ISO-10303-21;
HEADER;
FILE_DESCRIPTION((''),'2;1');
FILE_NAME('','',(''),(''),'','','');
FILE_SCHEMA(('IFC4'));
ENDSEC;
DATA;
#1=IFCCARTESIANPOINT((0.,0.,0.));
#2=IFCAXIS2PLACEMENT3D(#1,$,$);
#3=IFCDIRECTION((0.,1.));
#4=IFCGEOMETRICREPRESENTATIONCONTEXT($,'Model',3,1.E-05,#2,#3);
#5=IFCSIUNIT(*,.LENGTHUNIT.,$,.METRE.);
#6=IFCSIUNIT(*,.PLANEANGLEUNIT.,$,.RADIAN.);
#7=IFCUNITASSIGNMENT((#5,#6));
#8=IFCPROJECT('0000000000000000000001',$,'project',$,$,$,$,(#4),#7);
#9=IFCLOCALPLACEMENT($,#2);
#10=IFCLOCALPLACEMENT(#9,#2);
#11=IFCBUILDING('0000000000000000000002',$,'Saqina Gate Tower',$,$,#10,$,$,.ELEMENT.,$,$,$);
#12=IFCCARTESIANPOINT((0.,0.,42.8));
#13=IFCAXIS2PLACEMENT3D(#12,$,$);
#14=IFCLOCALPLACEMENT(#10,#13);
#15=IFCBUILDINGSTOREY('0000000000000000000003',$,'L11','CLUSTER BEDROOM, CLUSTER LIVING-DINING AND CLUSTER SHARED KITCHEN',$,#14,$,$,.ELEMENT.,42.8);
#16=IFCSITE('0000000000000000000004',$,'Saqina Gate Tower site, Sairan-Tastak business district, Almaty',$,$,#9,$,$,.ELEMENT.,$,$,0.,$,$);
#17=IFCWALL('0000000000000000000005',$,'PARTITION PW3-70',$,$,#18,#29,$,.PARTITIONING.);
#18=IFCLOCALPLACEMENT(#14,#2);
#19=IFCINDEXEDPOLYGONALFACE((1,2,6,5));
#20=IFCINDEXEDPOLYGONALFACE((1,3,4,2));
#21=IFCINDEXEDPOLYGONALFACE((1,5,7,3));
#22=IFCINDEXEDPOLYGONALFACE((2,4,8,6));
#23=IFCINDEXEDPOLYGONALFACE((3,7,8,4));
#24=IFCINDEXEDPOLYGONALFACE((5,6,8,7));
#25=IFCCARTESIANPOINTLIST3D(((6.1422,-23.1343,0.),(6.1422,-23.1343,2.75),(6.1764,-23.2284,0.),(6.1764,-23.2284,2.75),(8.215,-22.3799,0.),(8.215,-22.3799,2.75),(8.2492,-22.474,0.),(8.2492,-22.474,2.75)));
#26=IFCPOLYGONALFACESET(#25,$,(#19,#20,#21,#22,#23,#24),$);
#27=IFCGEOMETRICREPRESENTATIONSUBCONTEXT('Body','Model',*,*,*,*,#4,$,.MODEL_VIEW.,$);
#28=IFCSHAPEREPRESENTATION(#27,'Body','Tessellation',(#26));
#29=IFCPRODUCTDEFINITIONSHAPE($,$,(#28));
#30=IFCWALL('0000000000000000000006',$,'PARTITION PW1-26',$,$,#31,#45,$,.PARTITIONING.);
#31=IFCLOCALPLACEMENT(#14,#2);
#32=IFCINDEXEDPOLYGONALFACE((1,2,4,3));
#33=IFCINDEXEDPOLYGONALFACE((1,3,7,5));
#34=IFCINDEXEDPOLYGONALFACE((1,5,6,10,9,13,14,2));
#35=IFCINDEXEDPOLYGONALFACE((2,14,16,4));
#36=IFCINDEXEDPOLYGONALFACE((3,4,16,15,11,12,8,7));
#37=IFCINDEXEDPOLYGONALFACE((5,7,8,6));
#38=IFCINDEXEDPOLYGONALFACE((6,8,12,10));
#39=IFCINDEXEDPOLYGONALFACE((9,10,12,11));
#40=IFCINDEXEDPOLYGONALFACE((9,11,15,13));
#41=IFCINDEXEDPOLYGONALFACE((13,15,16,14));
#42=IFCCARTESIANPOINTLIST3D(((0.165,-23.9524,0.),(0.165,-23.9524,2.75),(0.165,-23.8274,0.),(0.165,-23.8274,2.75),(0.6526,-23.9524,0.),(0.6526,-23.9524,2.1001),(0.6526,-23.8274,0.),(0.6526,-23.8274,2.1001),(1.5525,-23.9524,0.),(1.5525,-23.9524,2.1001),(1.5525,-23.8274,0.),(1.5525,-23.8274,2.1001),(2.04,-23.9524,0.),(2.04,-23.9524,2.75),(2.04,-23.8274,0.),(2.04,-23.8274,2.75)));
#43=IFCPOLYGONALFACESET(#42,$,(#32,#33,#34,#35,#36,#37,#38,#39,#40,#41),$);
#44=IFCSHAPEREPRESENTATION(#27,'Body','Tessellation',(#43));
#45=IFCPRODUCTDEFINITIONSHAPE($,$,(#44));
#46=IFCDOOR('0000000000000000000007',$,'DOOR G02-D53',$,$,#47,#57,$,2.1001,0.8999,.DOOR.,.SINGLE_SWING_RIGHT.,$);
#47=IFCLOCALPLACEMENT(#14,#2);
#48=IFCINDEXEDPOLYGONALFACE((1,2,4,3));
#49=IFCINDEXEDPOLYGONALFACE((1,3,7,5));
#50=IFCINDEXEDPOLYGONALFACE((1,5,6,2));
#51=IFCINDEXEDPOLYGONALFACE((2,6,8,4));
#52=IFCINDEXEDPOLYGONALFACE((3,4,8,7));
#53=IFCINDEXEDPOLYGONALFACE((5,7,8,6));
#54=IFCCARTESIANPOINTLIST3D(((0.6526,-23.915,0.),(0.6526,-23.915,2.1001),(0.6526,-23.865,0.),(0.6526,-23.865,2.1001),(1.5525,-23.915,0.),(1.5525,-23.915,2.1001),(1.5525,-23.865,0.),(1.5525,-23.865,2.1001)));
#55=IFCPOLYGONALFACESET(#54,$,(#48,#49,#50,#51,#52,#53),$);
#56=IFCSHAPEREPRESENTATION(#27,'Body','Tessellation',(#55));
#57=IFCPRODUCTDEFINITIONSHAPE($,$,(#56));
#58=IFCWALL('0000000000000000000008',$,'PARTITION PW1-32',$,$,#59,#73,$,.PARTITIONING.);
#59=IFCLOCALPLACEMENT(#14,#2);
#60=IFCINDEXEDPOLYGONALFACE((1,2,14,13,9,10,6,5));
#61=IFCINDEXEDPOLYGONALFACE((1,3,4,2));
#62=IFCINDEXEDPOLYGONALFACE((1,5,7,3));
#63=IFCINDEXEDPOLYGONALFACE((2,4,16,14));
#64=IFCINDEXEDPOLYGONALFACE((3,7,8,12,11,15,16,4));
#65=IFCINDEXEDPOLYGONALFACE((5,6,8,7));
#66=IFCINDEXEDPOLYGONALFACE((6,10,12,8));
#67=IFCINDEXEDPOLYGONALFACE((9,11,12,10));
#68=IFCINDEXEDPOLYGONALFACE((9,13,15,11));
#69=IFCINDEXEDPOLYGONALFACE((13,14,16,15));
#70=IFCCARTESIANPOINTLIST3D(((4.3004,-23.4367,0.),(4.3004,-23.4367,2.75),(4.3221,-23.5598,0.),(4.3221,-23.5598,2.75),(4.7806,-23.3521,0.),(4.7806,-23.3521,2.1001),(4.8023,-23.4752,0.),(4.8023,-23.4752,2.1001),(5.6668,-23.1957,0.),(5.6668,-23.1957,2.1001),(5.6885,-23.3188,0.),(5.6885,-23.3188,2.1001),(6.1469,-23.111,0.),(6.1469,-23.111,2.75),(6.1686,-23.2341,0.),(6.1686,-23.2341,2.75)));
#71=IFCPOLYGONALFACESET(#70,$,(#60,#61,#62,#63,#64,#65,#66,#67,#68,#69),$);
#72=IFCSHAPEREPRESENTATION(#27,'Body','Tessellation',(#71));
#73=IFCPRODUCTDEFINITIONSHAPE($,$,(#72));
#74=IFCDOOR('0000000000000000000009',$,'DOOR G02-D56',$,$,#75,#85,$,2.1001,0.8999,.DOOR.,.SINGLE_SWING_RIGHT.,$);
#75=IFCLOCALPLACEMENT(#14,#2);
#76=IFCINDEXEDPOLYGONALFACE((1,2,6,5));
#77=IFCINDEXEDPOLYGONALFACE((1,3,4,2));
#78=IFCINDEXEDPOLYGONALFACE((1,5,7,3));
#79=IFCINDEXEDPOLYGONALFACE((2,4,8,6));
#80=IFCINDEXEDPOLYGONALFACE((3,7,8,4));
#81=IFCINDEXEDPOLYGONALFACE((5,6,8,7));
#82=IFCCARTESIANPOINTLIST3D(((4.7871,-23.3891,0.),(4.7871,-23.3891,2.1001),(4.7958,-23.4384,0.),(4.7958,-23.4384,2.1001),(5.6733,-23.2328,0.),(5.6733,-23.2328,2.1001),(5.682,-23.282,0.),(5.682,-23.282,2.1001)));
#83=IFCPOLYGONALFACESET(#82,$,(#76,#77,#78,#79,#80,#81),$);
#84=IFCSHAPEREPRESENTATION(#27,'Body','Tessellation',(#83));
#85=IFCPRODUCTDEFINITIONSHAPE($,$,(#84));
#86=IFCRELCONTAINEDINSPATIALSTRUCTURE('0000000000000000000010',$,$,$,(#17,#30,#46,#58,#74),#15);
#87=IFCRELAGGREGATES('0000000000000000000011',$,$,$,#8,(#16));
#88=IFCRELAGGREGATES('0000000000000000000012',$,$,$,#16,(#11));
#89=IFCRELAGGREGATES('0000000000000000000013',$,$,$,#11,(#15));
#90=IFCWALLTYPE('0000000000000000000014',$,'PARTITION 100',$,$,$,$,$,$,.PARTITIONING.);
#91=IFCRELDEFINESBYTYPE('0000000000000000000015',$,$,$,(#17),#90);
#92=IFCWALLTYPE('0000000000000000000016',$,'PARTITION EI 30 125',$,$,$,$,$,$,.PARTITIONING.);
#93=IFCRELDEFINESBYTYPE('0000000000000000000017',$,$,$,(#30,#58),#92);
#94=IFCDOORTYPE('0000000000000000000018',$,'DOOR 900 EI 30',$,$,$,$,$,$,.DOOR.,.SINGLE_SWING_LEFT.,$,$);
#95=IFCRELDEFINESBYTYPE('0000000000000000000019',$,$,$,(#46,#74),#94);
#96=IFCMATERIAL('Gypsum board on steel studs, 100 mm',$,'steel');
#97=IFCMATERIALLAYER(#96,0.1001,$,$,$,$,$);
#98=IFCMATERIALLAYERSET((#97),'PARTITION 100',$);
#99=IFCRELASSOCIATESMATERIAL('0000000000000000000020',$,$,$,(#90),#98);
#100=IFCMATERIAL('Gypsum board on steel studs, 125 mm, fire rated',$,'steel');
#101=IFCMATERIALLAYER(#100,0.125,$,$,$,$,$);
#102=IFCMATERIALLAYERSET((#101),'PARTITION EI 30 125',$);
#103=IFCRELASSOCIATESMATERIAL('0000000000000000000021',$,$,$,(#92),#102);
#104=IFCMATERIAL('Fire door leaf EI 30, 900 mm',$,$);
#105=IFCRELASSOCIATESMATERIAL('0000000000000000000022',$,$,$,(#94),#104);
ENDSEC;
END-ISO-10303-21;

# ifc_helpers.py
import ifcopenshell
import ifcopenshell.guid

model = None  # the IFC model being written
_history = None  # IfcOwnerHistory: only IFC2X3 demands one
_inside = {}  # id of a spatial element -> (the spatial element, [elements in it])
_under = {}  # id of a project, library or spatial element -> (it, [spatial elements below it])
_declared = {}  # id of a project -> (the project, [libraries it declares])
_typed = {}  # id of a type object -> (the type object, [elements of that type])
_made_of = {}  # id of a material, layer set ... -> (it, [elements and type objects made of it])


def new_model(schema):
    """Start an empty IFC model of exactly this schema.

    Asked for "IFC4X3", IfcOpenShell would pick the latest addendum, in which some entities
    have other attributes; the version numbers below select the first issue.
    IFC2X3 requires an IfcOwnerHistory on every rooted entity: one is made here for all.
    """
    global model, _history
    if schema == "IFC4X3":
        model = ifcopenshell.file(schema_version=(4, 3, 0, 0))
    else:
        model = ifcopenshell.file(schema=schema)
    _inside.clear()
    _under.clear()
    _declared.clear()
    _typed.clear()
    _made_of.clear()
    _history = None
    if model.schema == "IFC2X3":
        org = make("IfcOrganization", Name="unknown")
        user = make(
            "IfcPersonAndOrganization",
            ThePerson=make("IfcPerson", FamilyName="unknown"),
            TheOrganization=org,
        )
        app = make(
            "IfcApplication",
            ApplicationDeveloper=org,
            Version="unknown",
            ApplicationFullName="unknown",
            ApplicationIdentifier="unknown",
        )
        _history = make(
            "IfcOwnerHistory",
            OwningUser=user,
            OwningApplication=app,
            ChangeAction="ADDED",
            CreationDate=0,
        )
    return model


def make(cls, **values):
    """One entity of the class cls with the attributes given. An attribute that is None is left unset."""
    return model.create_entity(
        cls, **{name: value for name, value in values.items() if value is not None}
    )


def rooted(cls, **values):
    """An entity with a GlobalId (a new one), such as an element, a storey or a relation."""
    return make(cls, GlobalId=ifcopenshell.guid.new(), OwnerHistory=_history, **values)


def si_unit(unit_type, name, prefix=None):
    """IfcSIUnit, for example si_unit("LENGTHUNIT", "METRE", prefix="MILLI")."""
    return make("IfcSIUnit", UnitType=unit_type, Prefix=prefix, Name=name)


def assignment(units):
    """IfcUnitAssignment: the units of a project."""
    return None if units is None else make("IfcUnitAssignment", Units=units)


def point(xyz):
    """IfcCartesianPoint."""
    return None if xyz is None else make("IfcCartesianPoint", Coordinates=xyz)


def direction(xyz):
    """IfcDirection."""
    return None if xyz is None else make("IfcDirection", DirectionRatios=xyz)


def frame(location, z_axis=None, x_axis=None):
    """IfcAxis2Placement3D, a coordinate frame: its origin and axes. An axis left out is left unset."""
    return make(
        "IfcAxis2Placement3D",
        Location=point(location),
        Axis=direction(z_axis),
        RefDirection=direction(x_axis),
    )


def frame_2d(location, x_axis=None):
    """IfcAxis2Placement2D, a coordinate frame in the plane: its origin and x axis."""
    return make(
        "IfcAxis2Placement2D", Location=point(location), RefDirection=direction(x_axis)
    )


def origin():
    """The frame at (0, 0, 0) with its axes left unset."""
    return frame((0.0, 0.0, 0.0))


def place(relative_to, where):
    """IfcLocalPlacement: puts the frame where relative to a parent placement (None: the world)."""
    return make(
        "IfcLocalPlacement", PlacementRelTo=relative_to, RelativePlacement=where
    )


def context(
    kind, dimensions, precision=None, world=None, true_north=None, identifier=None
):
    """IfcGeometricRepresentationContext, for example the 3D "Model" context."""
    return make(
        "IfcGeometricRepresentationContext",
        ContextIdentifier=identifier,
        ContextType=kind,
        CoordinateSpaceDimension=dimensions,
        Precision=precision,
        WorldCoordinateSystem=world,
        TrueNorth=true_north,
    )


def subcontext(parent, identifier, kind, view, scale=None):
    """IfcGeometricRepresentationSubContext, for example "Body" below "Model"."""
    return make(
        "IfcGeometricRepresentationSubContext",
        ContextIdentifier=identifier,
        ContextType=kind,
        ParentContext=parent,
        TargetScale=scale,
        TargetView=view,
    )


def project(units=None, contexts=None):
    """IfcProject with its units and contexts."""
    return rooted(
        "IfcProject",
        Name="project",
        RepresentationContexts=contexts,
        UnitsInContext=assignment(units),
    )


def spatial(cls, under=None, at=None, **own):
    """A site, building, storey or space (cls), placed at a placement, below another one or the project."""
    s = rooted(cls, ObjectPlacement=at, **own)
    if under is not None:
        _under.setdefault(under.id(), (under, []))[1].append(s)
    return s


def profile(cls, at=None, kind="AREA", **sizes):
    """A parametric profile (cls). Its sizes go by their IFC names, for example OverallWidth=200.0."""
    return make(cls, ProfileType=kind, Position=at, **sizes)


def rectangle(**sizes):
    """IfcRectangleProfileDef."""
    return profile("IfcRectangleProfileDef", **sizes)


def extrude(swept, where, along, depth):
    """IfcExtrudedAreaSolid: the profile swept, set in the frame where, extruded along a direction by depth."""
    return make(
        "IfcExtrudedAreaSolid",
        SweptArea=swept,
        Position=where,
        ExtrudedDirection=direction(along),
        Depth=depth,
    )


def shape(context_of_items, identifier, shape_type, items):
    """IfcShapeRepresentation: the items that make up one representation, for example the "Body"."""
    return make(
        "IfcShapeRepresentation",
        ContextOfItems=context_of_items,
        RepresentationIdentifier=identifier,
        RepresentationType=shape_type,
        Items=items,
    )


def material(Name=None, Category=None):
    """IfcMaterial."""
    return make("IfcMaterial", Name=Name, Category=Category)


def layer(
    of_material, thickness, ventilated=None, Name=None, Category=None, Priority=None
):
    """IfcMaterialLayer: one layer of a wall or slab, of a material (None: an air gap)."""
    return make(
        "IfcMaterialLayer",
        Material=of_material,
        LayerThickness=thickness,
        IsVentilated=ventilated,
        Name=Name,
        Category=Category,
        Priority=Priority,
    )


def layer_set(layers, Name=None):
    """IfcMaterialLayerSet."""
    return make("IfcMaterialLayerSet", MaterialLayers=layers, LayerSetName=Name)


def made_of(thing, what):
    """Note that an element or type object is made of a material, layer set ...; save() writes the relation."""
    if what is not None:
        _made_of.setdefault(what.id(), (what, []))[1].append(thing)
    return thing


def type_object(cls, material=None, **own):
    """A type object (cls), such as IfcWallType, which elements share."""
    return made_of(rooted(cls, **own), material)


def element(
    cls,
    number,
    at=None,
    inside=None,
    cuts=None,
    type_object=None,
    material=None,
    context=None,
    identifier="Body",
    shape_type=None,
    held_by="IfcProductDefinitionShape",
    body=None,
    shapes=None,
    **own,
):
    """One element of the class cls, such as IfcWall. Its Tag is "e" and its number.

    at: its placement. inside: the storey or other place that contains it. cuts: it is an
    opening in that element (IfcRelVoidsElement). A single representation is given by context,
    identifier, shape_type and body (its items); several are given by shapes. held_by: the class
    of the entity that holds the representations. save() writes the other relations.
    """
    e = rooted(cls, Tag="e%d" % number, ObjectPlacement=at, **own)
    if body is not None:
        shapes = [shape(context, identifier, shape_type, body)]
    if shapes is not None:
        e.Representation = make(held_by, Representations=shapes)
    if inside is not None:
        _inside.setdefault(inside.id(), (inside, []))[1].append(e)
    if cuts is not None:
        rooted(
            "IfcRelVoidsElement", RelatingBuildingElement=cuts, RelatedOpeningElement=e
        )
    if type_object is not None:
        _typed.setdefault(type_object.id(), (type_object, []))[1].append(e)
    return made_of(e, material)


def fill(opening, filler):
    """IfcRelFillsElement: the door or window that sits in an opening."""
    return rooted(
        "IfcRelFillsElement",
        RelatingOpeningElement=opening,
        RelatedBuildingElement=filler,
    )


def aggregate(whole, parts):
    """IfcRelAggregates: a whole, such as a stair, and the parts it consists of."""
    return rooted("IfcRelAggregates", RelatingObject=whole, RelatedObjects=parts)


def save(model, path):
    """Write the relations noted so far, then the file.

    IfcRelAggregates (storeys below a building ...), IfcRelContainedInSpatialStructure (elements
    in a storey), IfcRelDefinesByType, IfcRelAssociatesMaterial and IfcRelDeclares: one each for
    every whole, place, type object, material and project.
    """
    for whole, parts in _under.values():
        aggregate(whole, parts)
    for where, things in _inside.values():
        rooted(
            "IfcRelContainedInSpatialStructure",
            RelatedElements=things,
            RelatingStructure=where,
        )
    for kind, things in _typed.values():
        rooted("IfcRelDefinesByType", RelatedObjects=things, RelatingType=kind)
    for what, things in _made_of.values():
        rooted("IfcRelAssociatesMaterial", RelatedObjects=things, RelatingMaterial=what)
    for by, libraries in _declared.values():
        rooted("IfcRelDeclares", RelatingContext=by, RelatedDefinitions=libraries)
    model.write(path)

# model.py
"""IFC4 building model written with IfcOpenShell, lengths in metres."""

from ifc_helpers import new_model, si_unit, direction, frame, frame_2d, origin, place, context, subcontext, project, spatial, rectangle, extrude, material, layer, layer_set, type_object, element, fill, save


model = new_model("IFC4")

# Units and contexts
model_context = context("Model", 3, precision=1e-05, world=origin(), true_north=direction((0.0, 1.0)))
body_context = subcontext(model_context, "Body", "Model", "MODEL_VIEW")
ifc_project = project(units=[si_unit("LENGTHUNIT", "METRE"), si_unit("PLANEANGLEUNIT", "RADIAN")], contexts=[model_context])

# Site, building, storey
site_placement = place(None, origin())
site = spatial("IfcSite", under=ifc_project, at=site_placement, Name="Saqina Gate Tower site, Sairan-Tastak business district, Almaty", CompositionType="ELEMENT", RefElevation=0.0)
building_placement = place(site_placement, origin())
building = spatial("IfcBuilding", under=site, at=building_placement, Name="Saqina Gate Tower", CompositionType="ELEMENT")
storey_placement = place(building_placement, frame((0.0, 0.0, 42.8)))
storey = spatial("IfcBuildingStorey", under=building, at=storey_placement, Name="L11", Description="CLUSTER BEDROOM, CLUSTER LIVING-DINING AND CLUSTER SHARED KITCHEN", CompositionType="ELEMENT", Elevation=42.8)

# Shared definitions
ifc_material_1 = material(Name="Gypsum board on steel studs, 100 mm", Category="steel")
ifc_layer_1 = layer(ifc_material_1, 0.1001)
ifc_layer_set_1 = layer_set([ifc_layer_1], Name="PARTITION 100")
wall_type_1 = type_object("IfcWallType", Name="PARTITION 100", PredefinedType="PARTITIONING", material=ifc_layer_set_1)

# Wall
wall_1_placement = place(storey_placement, frame((6.1592, -23.1814, 0.0), z_axis=(0.0, 0.0, 1.0), x_axis=(0.939696, 0.34201, 0.0)))
element("IfcWall", 1, at=wall_1_placement, inside=storey, type_object=wall_type_1, Name="PARTITION PW3-70", PredefinedType="PARTITIONING", context=body_context, shape_type="SweptSolid", body=[
    extrude(rectangle(XDim=2.2058, YDim=0.1001, at=frame_2d((1.103, 0.0))), origin(), (0.0, 0.0, 1.0), 2.75),
])

# Walls, openings, doors
ifc_material_2 = material(Name="Gypsum board on steel studs, 125 mm, fire rated", Category="steel")
ifc_layer_2 = layer(ifc_material_2, 0.125)
ifc_layer_set_2 = layer_set([ifc_layer_2], Name="PARTITION EI 30 125")
wall_type_2 = type_object("IfcWallType", Name="PARTITION EI 30 125", PredefinedType="PARTITIONING", material=ifc_layer_set_2)
wall_2_placement = place(storey_placement, frame((0.165, -23.8899, 0.0), z_axis=(0.0, 0.0, 1.0), x_axis=(1.0, 0.0, 0.0)))
wall_2 = element("IfcWall", 2, at=wall_2_placement, inside=storey, type_object=wall_type_2, Name="PARTITION PW1-26", PredefinedType="PARTITIONING", context=body_context, shape_type="SweptSolid", body=[
    extrude(rectangle(XDim=1.875, YDim=0.125, at=frame_2d((0.9375, 0.0))), origin(), (0.0, 0.0, 1.0), 2.75),
])
opening_1_placement = place(wall_2_placement, frame((0.4875, 0.0, 0.0)))
opening_1 = element("IfcOpeningElement", 3, at=opening_1_placement, cuts=wall_2, PredefinedType="OPENING", context=body_context, shape_type="SweptSolid", body=[
    extrude(rectangle(XDim=0.8999, YDim=2.1001, at=frame_2d((0.45, 1.05))), frame((0.0, 0.0745, 0.0), z_axis=(0.0, -1.0, 0.0), x_axis=(1.0, 0.0, 0.0)), (0.0, 0.0, 1.0), 0.1489),
])
ifc_material_3 = material(Name="Fire door leaf EI 30, 900 mm")
door_type_1 = type_object("IfcDoorType", Name="DOOR 900 EI 30", OperationType="SINGLE_SWING_LEFT", PredefinedType="DOOR", material=ifc_material_3)
door_1_placement = place(opening_1_placement, origin())
door_1 = element("IfcDoor", 4, at=door_1_placement, inside=storey, type_object=door_type_1, Name="DOOR G02-D53", OperationType="SINGLE_SWING_RIGHT", OverallHeight=2.1001, OverallWidth=0.8999, PredefinedType="DOOR", context=body_context, shape_type="SweptSolid", body=[
    extrude(rectangle(XDim=0.8999, YDim=2.1001, at=frame_2d((0.45, 1.05))), frame((0.0, 0.0249, 0.0), z_axis=(0.0, -1.0, 0.0), x_axis=(1.0, 0.0, 0.0)), (0.0, 0.0, 1.0), 0.05),
])
fill(opening_1, door_1)
wall_3_placement = place(storey_placement, frame((4.3113, -23.4983, 0.0), z_axis=(0.0, 0.0, 1.0), x_axis=(0.984798, 0.173704, 0.0)))
wall_3 = element("IfcWall", 5, at=wall_3_placement, inside=storey, type_object=wall_type_2, Name="PARTITION PW1-32", PredefinedType="PARTITIONING", context=body_context, shape_type="SweptSolid", body=[
    extrude(rectangle(XDim=1.875, YDim=0.125, at=frame_2d((0.9375, 0.0))), origin(), (0.0, 0.0, 1.0), 2.75),
])
opening_2_placement = place(wall_3_placement, frame((0.4875, 0.0, 0.0)))
opening_2 = element("IfcOpeningElement", 6, at=opening_2_placement, cuts=wall_3, PredefinedType="OPENING", context=body_context, shape_type="SweptSolid", body=[
    extrude(rectangle(XDim=0.8999, YDim=2.1001, at=frame_2d((0.45, 1.05))), frame((0.0, 0.0745, 0.0), z_axis=(0.0, -1.0, 0.0), x_axis=(1.0, 0.0, 0.0)), (0.0, 0.0, 1.0), 0.1489),
])
door_2_placement = place(opening_2_placement, origin())
door_2 = element("IfcDoor", 7, at=door_2_placement, inside=storey, type_object=door_type_1, Name="DOOR G02-D56", OperationType="SINGLE_SWING_RIGHT", OverallHeight=2.1001, OverallWidth=0.8999, PredefinedType="DOOR", context=body_context, shape_type="SweptSolid", body=[
    extrude(rectangle(XDim=0.8999, YDim=2.1001, at=frame_2d((0.45, 1.05))), frame((0.0, 0.0249, 0.0), z_axis=(0.0, -1.0, 0.0), x_axis=(1.0, 0.0, 0.0)), (0.0, 0.0, 1.0), 0.05),
])
fill(opening_2, door_2)

save(model, "model.ifc")
